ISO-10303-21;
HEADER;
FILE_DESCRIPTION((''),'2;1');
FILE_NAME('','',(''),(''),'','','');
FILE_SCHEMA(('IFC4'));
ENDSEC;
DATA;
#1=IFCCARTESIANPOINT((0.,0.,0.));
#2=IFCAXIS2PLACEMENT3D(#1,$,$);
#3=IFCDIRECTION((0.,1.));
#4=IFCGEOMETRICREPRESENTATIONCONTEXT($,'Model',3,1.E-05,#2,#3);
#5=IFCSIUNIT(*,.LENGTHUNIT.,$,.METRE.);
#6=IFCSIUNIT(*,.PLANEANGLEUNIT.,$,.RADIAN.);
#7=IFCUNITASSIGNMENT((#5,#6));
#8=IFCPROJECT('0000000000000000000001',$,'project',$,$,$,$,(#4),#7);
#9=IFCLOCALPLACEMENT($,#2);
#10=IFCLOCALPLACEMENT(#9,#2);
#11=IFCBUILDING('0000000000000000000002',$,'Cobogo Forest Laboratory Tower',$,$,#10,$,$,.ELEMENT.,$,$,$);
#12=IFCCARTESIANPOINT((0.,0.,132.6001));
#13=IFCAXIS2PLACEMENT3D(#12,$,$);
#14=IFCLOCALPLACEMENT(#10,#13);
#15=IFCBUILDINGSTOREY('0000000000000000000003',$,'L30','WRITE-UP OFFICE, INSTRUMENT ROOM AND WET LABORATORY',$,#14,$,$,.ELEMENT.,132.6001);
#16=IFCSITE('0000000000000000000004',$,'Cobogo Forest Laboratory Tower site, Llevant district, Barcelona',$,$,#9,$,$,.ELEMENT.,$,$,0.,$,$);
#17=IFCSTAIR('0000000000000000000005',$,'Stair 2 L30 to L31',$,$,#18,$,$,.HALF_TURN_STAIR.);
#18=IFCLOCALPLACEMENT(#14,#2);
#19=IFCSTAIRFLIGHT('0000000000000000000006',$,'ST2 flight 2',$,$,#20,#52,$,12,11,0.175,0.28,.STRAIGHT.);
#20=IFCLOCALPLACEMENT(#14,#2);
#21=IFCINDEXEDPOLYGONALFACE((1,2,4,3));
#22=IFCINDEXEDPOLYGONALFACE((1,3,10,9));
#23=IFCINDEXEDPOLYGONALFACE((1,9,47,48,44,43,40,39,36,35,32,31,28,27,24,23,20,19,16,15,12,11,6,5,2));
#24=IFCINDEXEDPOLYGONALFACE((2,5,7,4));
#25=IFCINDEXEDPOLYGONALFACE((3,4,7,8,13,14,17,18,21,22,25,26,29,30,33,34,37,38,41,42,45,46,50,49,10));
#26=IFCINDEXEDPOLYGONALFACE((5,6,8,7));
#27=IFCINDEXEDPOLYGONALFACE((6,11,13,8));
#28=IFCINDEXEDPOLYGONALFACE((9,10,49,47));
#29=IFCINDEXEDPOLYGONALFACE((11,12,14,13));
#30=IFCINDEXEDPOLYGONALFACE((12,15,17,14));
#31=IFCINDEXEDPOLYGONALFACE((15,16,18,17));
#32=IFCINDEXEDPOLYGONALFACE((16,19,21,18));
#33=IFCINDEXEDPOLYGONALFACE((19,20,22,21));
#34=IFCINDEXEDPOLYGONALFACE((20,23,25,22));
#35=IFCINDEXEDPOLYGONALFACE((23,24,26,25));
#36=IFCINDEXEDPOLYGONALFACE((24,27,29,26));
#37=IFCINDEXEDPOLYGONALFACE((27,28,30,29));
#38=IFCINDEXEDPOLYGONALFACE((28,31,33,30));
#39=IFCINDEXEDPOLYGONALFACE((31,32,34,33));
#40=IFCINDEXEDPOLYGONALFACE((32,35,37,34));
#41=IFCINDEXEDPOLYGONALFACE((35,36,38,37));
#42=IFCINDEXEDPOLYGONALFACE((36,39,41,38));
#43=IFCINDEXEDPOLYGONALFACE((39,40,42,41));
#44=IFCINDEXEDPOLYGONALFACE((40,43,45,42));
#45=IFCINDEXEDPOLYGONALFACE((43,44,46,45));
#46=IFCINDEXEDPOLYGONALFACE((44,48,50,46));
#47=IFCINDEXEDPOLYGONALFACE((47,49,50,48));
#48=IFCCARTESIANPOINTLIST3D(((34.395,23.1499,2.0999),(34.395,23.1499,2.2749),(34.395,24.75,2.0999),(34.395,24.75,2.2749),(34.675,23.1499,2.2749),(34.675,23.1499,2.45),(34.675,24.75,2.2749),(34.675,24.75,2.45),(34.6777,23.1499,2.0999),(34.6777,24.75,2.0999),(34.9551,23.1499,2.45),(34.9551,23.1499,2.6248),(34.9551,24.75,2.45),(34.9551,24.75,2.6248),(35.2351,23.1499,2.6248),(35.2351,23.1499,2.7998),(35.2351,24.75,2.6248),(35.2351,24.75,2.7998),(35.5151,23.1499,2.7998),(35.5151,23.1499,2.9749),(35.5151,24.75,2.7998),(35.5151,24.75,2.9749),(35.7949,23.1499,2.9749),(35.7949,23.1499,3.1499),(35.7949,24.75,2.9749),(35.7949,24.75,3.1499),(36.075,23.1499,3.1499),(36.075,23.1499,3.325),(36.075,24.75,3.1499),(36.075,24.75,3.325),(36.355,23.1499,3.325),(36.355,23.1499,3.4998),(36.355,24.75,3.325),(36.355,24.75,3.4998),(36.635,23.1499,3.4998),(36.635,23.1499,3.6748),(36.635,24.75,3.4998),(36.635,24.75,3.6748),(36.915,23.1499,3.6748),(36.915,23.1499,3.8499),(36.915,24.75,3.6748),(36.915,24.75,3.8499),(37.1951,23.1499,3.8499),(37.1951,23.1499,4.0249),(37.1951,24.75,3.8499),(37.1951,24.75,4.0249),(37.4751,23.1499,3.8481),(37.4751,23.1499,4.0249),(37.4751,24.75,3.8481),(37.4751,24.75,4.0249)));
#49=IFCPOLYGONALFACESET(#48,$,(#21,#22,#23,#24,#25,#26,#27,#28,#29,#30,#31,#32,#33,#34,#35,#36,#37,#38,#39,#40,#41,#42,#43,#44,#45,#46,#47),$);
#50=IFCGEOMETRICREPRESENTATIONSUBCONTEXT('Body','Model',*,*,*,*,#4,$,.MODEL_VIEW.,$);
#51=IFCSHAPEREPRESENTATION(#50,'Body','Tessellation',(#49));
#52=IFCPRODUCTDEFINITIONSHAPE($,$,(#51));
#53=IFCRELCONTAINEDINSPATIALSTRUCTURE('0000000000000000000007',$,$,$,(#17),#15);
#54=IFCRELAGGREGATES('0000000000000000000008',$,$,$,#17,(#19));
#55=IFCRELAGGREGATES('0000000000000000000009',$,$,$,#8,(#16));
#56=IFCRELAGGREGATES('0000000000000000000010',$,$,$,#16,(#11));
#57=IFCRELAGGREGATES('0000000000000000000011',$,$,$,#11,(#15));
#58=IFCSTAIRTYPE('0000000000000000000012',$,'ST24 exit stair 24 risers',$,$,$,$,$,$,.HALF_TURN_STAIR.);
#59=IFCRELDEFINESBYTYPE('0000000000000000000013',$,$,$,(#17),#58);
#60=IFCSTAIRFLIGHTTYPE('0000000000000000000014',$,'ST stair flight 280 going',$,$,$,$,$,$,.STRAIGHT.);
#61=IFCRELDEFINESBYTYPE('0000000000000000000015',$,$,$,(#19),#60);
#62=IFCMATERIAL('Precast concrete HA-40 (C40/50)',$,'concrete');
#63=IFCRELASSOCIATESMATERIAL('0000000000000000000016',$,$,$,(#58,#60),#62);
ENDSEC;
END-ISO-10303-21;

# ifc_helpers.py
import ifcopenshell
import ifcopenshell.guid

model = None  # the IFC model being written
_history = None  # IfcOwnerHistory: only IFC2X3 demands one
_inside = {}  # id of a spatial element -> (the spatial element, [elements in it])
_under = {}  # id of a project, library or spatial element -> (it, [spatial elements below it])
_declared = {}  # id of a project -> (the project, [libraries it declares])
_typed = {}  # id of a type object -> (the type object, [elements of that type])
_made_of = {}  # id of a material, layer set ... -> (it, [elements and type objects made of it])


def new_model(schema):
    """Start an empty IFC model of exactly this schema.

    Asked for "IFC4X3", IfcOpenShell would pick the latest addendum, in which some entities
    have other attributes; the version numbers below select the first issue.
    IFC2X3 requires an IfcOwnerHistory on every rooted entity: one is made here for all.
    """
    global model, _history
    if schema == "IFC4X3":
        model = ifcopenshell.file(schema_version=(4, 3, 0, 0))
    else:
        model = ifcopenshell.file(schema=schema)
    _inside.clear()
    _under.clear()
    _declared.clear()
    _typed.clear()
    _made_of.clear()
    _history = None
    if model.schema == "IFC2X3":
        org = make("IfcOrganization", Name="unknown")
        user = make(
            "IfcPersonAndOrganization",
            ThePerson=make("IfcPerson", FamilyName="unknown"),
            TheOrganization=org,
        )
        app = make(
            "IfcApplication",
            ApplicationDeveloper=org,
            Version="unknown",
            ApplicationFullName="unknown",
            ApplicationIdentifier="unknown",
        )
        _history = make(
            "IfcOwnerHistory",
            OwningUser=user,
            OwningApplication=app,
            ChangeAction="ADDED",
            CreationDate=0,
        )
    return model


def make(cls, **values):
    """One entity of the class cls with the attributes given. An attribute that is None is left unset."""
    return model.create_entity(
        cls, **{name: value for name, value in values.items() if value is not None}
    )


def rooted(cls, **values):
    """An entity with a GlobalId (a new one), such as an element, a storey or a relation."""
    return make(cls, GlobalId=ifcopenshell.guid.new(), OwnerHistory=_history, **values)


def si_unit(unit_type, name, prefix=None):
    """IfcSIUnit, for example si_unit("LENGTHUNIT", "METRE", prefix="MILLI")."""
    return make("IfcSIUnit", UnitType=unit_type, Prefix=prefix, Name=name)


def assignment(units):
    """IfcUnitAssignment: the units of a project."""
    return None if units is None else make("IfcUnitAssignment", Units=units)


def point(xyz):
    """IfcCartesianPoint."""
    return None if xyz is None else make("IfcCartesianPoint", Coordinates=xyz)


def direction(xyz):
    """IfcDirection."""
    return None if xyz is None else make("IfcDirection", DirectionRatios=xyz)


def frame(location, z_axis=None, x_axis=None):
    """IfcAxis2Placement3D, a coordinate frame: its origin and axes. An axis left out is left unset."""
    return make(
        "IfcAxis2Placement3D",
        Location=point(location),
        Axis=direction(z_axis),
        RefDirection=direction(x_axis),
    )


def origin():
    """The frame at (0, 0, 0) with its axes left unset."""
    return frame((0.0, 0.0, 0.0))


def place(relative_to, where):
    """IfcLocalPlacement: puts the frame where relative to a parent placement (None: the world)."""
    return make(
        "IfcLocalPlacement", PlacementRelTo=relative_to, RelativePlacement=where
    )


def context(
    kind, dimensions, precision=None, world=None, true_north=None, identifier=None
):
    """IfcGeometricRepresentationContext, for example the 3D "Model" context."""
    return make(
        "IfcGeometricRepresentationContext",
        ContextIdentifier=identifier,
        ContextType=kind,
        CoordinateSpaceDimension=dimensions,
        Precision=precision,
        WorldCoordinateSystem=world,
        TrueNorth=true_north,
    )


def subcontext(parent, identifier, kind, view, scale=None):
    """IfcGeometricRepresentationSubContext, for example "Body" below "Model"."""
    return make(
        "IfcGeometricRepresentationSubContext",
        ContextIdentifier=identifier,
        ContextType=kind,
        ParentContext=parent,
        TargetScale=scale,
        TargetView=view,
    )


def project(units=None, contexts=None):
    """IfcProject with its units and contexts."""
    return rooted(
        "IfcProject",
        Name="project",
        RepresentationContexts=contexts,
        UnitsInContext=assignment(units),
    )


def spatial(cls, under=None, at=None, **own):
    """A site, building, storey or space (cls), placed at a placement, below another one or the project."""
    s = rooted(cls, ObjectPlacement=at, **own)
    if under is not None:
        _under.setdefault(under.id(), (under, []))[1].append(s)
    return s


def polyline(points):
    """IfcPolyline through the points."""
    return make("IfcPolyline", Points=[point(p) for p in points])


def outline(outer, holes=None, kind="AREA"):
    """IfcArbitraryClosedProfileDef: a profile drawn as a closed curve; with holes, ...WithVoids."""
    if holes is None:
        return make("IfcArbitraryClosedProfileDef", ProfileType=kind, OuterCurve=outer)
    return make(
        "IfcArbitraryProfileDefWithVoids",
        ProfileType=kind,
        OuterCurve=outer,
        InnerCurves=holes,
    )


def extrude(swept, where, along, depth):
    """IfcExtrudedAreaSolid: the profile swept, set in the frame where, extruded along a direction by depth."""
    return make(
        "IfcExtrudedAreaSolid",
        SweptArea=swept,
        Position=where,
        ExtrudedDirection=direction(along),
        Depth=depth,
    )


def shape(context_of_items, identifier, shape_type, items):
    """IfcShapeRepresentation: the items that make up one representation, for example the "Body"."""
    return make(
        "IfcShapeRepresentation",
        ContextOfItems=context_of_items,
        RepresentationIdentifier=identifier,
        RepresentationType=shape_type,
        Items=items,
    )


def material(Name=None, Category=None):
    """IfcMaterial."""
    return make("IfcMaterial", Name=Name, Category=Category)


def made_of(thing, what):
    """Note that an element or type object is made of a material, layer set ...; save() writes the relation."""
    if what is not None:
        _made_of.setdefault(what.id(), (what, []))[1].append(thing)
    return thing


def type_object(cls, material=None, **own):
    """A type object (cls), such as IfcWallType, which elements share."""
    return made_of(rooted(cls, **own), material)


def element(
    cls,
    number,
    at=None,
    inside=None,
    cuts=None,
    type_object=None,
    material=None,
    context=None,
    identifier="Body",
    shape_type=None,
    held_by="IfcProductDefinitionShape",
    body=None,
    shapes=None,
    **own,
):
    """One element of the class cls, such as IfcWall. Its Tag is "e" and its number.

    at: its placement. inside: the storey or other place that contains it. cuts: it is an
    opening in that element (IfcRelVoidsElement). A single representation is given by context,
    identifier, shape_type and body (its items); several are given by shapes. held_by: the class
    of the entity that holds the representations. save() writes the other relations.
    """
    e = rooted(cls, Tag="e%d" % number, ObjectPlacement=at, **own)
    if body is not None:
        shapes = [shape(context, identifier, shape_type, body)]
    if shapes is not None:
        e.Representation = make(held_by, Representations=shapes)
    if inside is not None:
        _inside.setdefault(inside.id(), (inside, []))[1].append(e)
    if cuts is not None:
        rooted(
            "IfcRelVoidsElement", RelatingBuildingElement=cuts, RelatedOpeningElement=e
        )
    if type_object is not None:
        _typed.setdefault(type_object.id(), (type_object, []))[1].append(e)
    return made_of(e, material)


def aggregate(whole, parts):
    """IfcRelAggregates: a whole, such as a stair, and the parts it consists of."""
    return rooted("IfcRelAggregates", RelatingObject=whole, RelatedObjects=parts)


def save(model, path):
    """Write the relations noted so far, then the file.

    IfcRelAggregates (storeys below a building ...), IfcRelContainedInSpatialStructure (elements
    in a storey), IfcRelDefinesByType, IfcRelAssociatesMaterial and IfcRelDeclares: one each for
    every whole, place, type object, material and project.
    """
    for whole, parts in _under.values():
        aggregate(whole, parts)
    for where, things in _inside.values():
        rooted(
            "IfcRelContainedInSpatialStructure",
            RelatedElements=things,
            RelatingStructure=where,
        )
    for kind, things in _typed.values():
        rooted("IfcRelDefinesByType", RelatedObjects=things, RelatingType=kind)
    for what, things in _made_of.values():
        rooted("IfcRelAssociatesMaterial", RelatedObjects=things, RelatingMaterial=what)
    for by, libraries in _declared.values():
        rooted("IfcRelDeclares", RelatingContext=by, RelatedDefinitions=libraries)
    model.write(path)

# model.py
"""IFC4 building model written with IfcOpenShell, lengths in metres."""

from ifc_helpers import new_model, si_unit, direction, frame, origin, place, context, subcontext, project, spatial, polyline, outline, extrude, material, type_object, element, aggregate, save


model = new_model("IFC4")

# Units and contexts
model_context = context("Model", 3, precision=1e-05, world=origin(), true_north=direction((0.0, 1.0)))
body_context = subcontext(model_context, "Body", "Model", "MODEL_VIEW")
ifc_project = project(units=[si_unit("LENGTHUNIT", "METRE"), si_unit("PLANEANGLEUNIT", "RADIAN")], contexts=[model_context])

# Site, building, storey
site_placement = place(None, origin())
site = spatial("IfcSite", under=ifc_project, at=site_placement, Name="Cobogo Forest Laboratory Tower site, Llevant district, Barcelona", CompositionType="ELEMENT", RefElevation=0.0)
building_placement = place(site_placement, origin())
building = spatial("IfcBuilding", under=site, at=building_placement, Name="Cobogo Forest Laboratory Tower", CompositionType="ELEMENT")
storey_placement = place(building_placement, frame((0.0, 0.0, 132.6001)))
storey = spatial("IfcBuildingStorey", under=building, at=storey_placement, Name="L30", Description="WRITE-UP OFFICE, INSTRUMENT ROOM AND WET LABORATORY", CompositionType="ELEMENT", Elevation=132.6001)

# Stair, stair flight
ifc_material_1 = material(Name="Precast concrete HA-40 (C40/50)", Category="concrete")
stair_type = type_object("IfcStairType", Name="ST24 exit stair 24 risers", PredefinedType="HALF_TURN_STAIR", material=ifc_material_1)
stair_placement = place(storey_placement, origin())
stair = element("IfcStair", 1, at=stair_placement, inside=storey, type_object=stair_type, Name="Stair 2 L30 to L31", PredefinedType="HALF_TURN_STAIR")
stair_flight_type = type_object("IfcStairFlightType", Name="ST stair flight 280 going", PredefinedType="STRAIGHT", material=ifc_material_1)
stair_flight_1_placement = place(storey_placement, frame((34.395, 23.95, 2.0999), z_axis=(0.0, 0.0, 1.0), x_axis=(1.0, 0.0, 0.0)))
stair_flight_1 = element("IfcStairFlight", 2, at=stair_flight_1_placement, type_object=stair_flight_type, Name="ST2 flight 2", NumberOfRisers=12, NumberOfTreads=11, PredefinedType="STRAIGHT", RiserHeight=0.175, TreadLength=0.28, context=body_context, shape_type="SweptSolid", body=[
    extrude(outline(polyline([(0.0, 0.0), (0.0, 0.175), (0.28, 0.175), (0.28, 0.3501), (0.5601, 0.3501), (0.5601, 0.5249), (0.8401, 0.5249), (0.8401, 0.7), (1.1201, 0.7), (1.1201, 0.875), (1.3999, 0.875), (1.3999, 1.05), (1.6799, 1.05), (1.6799, 1.2251), (1.96, 1.2251), (1.96, 1.3999), (2.24, 1.3999), (2.24, 1.575), (2.52, 1.575), (2.52, 1.75), (2.8, 1.75), (2.8, 1.925), (3.0801, 1.925), (3.0801, 2.1001), (3.0801, 1.7483), (0.2827, 0.0), (0.0, 0.0)])), frame((0.0, 0.8, 0.0), z_axis=(0.0, -1.0, 0.0), x_axis=(1.0, 0.0, 0.0)), (0.0, 0.0, 1.0), 1.6001),
])
aggregate(stair, [stair_flight_1])

save(model, "model.ifc")
